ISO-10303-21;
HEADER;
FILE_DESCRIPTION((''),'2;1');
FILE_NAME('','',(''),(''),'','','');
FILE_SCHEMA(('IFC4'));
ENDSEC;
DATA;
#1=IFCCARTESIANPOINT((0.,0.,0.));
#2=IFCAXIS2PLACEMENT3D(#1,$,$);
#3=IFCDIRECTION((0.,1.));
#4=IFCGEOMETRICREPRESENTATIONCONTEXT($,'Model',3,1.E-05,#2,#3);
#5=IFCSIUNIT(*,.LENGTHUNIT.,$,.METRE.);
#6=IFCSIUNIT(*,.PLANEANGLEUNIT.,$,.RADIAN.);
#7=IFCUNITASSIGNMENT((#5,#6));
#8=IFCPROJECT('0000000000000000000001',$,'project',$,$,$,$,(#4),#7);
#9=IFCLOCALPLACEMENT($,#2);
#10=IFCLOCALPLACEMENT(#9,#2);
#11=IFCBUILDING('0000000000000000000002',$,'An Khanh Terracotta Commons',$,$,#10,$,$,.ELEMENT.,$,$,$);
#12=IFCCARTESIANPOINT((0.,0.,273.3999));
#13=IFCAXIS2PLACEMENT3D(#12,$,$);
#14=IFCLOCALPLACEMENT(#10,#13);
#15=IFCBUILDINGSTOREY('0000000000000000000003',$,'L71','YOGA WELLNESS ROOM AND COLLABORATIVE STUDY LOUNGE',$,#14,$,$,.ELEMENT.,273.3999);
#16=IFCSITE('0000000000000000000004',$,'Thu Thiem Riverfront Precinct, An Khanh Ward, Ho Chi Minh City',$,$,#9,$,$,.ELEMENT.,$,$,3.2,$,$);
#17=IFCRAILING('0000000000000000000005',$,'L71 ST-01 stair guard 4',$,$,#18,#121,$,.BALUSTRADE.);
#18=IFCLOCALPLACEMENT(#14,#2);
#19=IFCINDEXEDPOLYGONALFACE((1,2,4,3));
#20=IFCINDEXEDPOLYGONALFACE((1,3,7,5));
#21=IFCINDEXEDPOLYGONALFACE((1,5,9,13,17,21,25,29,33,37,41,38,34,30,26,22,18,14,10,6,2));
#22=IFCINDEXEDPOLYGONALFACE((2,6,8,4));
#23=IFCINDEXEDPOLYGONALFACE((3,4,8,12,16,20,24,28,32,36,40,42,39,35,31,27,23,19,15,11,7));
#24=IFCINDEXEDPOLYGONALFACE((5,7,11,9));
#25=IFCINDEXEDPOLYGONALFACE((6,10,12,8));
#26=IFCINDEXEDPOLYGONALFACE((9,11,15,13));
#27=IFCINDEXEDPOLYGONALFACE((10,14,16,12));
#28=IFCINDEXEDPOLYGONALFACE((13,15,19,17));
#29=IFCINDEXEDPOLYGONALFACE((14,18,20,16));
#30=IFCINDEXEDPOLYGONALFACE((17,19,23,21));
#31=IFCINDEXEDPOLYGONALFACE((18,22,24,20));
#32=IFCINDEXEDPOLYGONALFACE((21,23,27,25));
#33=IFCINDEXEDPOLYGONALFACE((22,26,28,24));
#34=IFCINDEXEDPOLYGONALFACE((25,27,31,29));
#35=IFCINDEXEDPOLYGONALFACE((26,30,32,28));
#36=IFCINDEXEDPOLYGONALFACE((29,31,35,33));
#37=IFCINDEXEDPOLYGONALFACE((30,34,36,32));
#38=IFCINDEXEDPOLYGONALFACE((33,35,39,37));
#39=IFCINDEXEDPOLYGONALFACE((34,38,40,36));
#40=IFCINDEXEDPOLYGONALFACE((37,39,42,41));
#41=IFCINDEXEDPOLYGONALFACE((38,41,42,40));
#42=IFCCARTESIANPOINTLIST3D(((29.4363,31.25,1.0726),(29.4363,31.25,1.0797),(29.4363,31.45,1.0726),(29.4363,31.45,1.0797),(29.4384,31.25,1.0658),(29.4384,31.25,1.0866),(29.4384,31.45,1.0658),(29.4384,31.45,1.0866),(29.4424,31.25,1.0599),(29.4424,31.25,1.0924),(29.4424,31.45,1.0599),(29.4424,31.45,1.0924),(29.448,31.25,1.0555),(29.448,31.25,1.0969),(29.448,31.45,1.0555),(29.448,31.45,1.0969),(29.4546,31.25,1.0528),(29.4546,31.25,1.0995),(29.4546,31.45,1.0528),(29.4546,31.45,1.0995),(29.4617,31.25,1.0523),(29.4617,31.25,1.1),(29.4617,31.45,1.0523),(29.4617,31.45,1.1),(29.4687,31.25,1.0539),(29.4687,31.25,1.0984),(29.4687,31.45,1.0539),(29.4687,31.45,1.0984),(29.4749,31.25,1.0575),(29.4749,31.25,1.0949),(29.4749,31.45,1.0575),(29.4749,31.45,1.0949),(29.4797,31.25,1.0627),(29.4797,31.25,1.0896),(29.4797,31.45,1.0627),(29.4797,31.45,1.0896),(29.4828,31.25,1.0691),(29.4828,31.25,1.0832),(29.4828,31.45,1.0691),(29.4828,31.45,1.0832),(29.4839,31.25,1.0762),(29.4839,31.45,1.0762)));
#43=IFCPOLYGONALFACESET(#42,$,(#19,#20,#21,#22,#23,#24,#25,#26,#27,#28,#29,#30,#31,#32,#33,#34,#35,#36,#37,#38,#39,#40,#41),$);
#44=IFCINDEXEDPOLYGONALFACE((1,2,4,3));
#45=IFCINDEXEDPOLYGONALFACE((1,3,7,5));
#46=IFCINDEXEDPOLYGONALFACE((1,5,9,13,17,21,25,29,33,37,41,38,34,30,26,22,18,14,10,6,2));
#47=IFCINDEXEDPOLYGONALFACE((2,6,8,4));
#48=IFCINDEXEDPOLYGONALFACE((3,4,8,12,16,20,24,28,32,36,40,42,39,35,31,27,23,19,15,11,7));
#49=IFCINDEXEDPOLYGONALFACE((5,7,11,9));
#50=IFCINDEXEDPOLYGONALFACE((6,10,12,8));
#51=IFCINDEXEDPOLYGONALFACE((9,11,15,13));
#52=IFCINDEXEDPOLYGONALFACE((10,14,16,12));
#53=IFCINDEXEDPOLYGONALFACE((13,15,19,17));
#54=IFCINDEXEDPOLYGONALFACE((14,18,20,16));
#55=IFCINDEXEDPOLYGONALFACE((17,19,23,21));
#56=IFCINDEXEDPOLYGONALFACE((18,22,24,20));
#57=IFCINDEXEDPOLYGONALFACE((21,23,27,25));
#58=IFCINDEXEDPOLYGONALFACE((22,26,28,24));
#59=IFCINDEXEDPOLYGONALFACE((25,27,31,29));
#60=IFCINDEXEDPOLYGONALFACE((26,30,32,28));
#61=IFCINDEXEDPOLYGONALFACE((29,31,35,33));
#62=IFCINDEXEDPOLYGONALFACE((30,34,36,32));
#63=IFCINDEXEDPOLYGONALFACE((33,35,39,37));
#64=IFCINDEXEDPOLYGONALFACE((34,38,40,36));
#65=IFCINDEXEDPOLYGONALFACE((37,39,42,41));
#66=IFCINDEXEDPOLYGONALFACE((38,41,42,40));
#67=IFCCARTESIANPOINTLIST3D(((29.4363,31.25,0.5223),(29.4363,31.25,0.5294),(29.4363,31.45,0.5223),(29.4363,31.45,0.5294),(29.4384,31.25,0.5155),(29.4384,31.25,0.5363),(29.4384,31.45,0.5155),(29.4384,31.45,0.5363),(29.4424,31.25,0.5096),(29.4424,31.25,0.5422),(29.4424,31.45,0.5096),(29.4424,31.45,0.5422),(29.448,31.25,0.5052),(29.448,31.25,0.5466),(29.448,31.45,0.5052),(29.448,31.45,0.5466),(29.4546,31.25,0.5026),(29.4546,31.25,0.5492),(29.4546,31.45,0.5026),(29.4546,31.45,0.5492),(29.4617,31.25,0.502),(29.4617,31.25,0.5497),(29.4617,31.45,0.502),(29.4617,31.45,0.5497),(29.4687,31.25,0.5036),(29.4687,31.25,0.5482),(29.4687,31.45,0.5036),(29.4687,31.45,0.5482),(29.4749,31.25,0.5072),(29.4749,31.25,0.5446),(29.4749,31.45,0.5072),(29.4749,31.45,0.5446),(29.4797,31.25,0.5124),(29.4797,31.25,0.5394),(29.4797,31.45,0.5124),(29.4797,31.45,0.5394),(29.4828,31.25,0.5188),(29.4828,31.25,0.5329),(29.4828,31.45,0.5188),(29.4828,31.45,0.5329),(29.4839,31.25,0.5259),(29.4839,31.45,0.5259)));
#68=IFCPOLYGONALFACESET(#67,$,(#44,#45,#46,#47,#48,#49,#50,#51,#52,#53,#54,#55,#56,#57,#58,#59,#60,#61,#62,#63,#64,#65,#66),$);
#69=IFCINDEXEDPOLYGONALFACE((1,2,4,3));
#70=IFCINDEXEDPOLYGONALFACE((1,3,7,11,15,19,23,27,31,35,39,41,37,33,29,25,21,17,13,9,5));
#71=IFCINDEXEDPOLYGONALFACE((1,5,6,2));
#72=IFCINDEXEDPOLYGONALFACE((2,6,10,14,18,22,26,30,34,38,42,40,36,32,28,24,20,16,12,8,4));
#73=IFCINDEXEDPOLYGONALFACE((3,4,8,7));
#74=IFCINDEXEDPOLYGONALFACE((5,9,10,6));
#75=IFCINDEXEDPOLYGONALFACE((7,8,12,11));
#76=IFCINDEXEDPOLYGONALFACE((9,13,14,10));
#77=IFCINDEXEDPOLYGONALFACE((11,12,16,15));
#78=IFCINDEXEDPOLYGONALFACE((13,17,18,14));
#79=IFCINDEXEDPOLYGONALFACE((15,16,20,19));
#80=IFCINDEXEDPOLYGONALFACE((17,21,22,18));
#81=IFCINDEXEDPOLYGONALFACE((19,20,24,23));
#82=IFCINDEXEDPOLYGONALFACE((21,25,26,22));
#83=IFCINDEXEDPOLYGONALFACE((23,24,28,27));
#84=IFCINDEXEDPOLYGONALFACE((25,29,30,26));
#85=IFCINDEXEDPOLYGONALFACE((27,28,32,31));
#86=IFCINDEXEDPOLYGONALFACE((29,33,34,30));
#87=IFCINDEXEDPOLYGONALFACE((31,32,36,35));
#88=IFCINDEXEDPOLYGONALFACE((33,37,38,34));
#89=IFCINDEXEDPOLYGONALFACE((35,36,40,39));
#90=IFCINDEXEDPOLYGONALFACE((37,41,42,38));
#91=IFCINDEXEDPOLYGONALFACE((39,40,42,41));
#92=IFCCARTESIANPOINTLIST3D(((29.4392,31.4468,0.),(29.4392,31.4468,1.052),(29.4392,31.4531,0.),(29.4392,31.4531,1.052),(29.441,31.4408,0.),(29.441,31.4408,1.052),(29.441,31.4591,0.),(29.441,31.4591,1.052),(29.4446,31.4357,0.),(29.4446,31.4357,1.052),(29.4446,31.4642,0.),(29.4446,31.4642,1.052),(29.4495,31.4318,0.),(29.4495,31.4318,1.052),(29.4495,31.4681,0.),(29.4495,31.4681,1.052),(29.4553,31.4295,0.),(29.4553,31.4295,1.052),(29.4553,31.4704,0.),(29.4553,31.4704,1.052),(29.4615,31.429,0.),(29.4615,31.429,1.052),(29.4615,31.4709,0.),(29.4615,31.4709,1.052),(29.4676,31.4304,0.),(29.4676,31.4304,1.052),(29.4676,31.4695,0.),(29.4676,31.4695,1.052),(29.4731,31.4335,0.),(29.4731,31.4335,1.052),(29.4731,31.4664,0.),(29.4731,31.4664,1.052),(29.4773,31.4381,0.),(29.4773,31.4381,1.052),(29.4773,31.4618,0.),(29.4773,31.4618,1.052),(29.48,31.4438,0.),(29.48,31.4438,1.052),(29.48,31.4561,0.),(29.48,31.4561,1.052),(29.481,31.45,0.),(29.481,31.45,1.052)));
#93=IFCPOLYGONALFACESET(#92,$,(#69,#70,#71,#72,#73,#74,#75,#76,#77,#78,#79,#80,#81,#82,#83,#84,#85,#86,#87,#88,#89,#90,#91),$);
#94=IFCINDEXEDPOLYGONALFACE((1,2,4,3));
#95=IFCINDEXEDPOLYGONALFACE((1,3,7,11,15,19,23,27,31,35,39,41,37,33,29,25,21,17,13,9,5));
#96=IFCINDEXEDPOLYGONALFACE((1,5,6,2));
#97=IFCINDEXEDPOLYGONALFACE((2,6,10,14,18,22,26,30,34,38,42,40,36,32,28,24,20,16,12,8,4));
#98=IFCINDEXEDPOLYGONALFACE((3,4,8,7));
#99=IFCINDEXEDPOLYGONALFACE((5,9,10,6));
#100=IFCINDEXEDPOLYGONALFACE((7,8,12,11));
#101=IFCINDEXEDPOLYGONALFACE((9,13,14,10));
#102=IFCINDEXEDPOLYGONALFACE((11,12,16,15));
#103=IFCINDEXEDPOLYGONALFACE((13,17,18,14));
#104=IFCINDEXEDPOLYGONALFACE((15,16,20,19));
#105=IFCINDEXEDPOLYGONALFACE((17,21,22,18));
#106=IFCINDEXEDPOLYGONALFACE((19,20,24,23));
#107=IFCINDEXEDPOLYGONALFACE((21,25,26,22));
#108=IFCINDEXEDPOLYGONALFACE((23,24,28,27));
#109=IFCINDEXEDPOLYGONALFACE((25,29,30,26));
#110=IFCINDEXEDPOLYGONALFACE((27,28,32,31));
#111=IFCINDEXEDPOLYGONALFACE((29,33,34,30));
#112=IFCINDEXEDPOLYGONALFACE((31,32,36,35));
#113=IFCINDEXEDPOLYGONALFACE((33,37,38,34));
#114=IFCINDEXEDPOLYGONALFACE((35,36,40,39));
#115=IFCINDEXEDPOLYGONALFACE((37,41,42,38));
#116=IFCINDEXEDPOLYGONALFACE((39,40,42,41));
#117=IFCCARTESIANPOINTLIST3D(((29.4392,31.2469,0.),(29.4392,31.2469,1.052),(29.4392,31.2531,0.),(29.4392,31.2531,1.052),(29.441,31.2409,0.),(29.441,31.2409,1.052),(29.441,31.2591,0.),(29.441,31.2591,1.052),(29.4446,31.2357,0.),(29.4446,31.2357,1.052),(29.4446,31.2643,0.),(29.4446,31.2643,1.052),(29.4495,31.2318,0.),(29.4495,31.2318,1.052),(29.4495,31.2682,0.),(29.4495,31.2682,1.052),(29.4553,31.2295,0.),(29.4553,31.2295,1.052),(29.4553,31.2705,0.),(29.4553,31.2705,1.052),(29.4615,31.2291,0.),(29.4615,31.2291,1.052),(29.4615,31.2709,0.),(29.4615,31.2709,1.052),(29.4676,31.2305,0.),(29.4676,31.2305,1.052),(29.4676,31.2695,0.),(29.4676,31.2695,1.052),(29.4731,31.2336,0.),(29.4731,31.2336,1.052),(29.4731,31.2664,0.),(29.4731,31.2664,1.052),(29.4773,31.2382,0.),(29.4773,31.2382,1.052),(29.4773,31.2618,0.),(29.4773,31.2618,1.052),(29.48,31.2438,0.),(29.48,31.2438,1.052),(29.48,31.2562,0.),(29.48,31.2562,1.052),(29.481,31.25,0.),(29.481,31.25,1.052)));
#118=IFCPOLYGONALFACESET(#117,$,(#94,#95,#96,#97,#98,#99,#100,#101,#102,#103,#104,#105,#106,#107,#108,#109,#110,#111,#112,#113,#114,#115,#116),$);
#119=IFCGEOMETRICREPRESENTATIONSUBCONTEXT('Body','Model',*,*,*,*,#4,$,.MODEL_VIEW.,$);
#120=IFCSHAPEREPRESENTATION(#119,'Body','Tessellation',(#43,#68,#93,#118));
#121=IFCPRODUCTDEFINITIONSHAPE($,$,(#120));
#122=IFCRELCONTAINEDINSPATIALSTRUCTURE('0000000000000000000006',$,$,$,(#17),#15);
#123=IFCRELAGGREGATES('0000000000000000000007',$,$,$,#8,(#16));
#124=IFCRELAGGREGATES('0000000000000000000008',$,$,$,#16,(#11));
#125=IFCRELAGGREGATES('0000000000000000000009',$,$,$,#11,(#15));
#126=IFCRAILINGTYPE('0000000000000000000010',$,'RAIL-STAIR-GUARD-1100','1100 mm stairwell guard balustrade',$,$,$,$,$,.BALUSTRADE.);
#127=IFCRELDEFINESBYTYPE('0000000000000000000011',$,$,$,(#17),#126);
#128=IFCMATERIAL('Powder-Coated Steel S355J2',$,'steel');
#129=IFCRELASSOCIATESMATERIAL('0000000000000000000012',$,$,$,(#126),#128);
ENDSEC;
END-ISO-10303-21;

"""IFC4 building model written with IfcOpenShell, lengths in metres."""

from ifc_helpers import new_model, si_unit, direction, frame, origin, origin_2d, place, context, subcontext, project, spatial, circle, extrude, material, type_object, element, save


model = new_model("IFC4")

# Units and contexts
model_context = context("Model", 3, precision=1e-05, world=origin(), true_north=direction((0.0, 1.0)))
body_context = subcontext(model_context, "Body", "Model", "MODEL_VIEW")
ifc_project = project(units=[si_unit("LENGTHUNIT", "METRE"), si_unit("PLANEANGLEUNIT", "RADIAN")], contexts=[model_context])

# Site, building, storey
site_placement = place(None, origin())
site = spatial("IfcSite", under=ifc_project, at=site_placement, Name="Thu Thiem Riverfront Precinct, An Khanh Ward, Ho Chi Minh City", CompositionType="ELEMENT", RefElevation=3.2)
building_placement = place(site_placement, origin())
building = spatial("IfcBuilding", under=site, at=building_placement, Name="An Khanh Terracotta Commons", CompositionType="ELEMENT")
storey_placement = place(building_placement, frame((0.0, 0.0, 273.3999)))
storey = spatial("IfcBuildingStorey", under=building, at=storey_placement, Name="L71", Description="YOGA WELLNESS ROOM AND COLLABORATIVE STUDY LOUNGE", CompositionType="ELEMENT", Elevation=273.3999)

# Railing
ifc_material_1 = material(Name="Powder-Coated Steel S355J2", Category="steel")
railing_type_1 = type_object("IfcRailingType", Name="RAIL-STAIR-GUARD-1100", Description="1100 mm stairwell guard balustrade", PredefinedType="BALUSTRADE", material=ifc_material_1)
railing_1_placement = place(storey_placement, frame((29.46, 31.45, 0.0)))
element("IfcRailing", 1, at=railing_1_placement, inside=storey, type_object=railing_type_1, Name="L71 ST-01 stair guard 4", PredefinedType="BALUSTRADE", context=body_context, shape_type="SweptSolid", body=[
    extrude(circle(Radius=0.0239, at=origin_2d()), frame((0.0, 0.0, 1.0762), z_axis=(0.0, -1.0, 0.0), x_axis=(1.0, 0.0, 0.0)), (0.0, 0.0, 1.0), 0.2),
    extrude(circle(Radius=0.0239, at=origin_2d()), frame((0.0, 0.0, 0.5259), z_axis=(0.0, -1.0, 0.0), x_axis=(1.0, 0.0, 0.0)), (0.0, 0.0, 1.0), 0.2),
    extrude(circle(Radius=0.021, at=origin_2d()), origin(), (0.0, 0.0, 1.0), 1.052),
    extrude(circle(Radius=0.021, at=origin_2d()), frame((0.0, -0.2, 0.0)), (0.0, 0.0, 1.0), 1.052),
])

save(model, "model.ifc")
